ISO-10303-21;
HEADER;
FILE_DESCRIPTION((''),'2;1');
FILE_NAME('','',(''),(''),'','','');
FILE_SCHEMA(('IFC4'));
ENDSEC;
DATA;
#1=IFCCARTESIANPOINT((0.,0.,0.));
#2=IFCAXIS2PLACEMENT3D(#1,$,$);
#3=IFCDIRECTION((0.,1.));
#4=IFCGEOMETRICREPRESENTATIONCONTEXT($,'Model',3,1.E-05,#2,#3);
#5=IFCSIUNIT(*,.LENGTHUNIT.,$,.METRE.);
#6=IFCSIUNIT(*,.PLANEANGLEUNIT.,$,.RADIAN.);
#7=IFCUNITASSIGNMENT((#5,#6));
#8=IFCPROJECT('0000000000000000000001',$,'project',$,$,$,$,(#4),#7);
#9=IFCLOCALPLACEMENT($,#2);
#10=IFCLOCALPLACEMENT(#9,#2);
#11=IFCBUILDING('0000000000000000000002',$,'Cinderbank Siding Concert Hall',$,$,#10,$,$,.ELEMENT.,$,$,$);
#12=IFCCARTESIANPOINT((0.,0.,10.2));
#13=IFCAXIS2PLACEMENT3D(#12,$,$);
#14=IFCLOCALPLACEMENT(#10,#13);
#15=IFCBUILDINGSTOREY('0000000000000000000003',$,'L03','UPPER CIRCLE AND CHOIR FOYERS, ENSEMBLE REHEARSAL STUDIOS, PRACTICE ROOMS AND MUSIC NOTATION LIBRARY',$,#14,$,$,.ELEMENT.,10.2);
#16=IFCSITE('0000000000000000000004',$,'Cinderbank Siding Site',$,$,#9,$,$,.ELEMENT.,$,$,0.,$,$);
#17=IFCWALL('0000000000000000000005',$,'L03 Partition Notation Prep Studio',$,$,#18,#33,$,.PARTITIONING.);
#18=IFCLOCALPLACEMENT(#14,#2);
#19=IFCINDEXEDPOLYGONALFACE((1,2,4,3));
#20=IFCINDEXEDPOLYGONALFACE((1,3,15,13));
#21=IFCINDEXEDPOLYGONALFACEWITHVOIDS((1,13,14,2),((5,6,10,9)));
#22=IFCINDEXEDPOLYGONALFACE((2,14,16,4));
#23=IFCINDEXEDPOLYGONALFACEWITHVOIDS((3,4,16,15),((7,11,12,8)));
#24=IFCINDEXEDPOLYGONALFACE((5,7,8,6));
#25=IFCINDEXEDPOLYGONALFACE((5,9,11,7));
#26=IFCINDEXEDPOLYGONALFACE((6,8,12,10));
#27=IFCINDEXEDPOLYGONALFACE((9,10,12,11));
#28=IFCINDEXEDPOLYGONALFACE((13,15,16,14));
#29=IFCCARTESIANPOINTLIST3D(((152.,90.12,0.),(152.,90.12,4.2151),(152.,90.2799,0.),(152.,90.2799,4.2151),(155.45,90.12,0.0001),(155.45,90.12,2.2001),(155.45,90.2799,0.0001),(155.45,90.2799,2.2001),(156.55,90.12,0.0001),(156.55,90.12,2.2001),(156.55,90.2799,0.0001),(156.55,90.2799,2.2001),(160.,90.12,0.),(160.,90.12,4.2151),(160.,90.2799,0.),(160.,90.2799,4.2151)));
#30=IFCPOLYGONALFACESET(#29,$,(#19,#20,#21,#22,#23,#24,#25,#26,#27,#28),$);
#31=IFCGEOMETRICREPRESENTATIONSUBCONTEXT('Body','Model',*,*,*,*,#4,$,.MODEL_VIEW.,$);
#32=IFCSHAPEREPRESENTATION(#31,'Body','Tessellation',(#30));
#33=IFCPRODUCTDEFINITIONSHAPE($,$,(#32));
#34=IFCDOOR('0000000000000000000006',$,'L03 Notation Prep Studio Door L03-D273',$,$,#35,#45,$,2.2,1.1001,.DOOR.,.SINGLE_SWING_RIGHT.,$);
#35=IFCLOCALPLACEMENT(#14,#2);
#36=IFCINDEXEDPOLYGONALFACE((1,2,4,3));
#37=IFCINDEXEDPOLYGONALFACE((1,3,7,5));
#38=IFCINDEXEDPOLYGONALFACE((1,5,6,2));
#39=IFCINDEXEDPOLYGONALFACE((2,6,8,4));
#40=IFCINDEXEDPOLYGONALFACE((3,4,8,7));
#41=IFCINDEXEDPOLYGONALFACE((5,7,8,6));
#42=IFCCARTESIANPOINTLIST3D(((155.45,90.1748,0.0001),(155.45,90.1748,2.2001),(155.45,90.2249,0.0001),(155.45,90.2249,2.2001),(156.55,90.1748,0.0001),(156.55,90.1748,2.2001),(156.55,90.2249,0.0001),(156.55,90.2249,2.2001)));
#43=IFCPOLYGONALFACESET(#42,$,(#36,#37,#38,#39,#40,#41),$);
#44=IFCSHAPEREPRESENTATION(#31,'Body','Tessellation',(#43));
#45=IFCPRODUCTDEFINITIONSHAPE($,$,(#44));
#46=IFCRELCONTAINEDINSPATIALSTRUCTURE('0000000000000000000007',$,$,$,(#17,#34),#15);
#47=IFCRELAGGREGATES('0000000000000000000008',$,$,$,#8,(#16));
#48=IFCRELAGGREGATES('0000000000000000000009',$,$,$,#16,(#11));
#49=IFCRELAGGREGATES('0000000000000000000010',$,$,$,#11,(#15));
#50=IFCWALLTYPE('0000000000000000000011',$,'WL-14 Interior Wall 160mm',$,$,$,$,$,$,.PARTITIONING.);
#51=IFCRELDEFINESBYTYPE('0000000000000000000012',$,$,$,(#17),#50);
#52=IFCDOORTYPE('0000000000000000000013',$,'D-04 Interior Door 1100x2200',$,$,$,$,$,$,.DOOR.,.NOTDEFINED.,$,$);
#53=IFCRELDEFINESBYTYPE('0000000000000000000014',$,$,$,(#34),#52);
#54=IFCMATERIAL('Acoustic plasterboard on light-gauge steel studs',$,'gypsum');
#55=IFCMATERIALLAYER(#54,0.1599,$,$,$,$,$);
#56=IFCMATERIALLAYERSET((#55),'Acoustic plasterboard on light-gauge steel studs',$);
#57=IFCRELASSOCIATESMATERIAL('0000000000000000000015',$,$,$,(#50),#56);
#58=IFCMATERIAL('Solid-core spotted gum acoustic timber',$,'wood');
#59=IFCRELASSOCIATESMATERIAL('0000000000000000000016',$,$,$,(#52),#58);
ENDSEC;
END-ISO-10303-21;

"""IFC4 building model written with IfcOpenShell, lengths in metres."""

from ifc_helpers import new_model, si_unit, direction, frame, frame_2d, origin, place, context, subcontext, project, spatial, rectangle, extrude, material, layer, layer_set, type_object, element, fill, save


model = new_model("IFC4")

# Units and contexts
model_context = context("Model", 3, precision=1e-05, world=origin(), true_north=direction((0.0, 1.0)))
body_context = subcontext(model_context, "Body", "Model", "MODEL_VIEW")
ifc_project = project(units=[si_unit("LENGTHUNIT", "METRE"), si_unit("PLANEANGLEUNIT", "RADIAN")], contexts=[model_context])

# Site, building, storey
site_placement = place(None, origin())
site = spatial("IfcSite", under=ifc_project, at=site_placement, Name="Cinderbank Siding Site", CompositionType="ELEMENT", RefElevation=0.0)
building_placement = place(site_placement, origin())
building = spatial("IfcBuilding", under=site, at=building_placement, Name="Cinderbank Siding Concert Hall", CompositionType="ELEMENT")
storey_placement = place(building_placement, frame((0.0, 0.0, 10.2)))
storey = spatial("IfcBuildingStorey", under=building, at=storey_placement, Name="L03", Description="UPPER CIRCLE AND CHOIR FOYERS, ENSEMBLE REHEARSAL STUDIOS, PRACTICE ROOMS AND MUSIC NOTATION LIBRARY", CompositionType="ELEMENT", Elevation=10.2)

# Wall, opening, door
ifc_material_1 = material(Name="Acoustic plasterboard on light-gauge steel studs", Category="gypsum")
ifc_layer_1 = layer(ifc_material_1, 0.1599)
ifc_layer_set_1 = layer_set([ifc_layer_1], Name="Acoustic plasterboard on light-gauge steel studs")
wall_type_1 = type_object("IfcWallType", Name="WL-14 Interior Wall 160mm", PredefinedType="PARTITIONING", material=ifc_layer_set_1)
wall_1_placement = place(storey_placement, frame((152.0, 90.2, 0.0), z_axis=(0.0, 0.0, 1.0), x_axis=(1.0, 0.0, 0.0)))
wall_1 = element("IfcWall", 1, at=wall_1_placement, inside=storey, type_object=wall_type_1, Name="L03 Partition Notation Prep Studio", PredefinedType="PARTITIONING", context=body_context, shape_type="SweptSolid", body=[
    extrude(rectangle(XDim=8.0, YDim=0.1599, at=frame_2d((4.0, 0.0))), origin(), (0.0, 0.0, 1.0), 4.2151),
])
opening_placement = place(wall_1_placement, frame((3.45, 0.0, 0.0)))
opening = element("IfcOpeningElement", 2, at=opening_placement, cuts=wall_1, PredefinedType="OPENING", context=body_context, shape_type="SweptSolid", body=[
    extrude(rectangle(XDim=1.1001, YDim=2.2, at=frame_2d((0.55, 1.1001))), frame((0.0, 0.0918, 0.0), z_axis=(0.0, -1.0, 0.0), x_axis=(1.0, 0.0, 0.0)), (0.0, 0.0, 1.0), 0.1838),
])
ifc_material_2 = material(Name="Solid-core spotted gum acoustic timber", Category="wood")
door_type = type_object("IfcDoorType", Name="D-04 Interior Door 1100x2200", OperationType="NOTDEFINED", PredefinedType="DOOR", material=ifc_material_2)
door_placement = place(opening_placement, origin())
door = element("IfcDoor", 3, at=door_placement, inside=storey, type_object=door_type, Name="L03 Notation Prep Studio Door L03-D273", OperationType="SINGLE_SWING_RIGHT", OverallHeight=2.2, OverallWidth=1.1001, PredefinedType="DOOR", context=body_context, shape_type="SweptSolid", body=[
    extrude(rectangle(XDim=1.1001, YDim=2.2, at=frame_2d((0.55, 1.1001))), frame((0.0, 0.0249, 0.0), z_axis=(0.0, -1.0, 0.0), x_axis=(1.0, 0.0, 0.0)), (0.0, 0.0, 1.0), 0.05),
])
fill(opening, door)

save(model, "model.ifc")
